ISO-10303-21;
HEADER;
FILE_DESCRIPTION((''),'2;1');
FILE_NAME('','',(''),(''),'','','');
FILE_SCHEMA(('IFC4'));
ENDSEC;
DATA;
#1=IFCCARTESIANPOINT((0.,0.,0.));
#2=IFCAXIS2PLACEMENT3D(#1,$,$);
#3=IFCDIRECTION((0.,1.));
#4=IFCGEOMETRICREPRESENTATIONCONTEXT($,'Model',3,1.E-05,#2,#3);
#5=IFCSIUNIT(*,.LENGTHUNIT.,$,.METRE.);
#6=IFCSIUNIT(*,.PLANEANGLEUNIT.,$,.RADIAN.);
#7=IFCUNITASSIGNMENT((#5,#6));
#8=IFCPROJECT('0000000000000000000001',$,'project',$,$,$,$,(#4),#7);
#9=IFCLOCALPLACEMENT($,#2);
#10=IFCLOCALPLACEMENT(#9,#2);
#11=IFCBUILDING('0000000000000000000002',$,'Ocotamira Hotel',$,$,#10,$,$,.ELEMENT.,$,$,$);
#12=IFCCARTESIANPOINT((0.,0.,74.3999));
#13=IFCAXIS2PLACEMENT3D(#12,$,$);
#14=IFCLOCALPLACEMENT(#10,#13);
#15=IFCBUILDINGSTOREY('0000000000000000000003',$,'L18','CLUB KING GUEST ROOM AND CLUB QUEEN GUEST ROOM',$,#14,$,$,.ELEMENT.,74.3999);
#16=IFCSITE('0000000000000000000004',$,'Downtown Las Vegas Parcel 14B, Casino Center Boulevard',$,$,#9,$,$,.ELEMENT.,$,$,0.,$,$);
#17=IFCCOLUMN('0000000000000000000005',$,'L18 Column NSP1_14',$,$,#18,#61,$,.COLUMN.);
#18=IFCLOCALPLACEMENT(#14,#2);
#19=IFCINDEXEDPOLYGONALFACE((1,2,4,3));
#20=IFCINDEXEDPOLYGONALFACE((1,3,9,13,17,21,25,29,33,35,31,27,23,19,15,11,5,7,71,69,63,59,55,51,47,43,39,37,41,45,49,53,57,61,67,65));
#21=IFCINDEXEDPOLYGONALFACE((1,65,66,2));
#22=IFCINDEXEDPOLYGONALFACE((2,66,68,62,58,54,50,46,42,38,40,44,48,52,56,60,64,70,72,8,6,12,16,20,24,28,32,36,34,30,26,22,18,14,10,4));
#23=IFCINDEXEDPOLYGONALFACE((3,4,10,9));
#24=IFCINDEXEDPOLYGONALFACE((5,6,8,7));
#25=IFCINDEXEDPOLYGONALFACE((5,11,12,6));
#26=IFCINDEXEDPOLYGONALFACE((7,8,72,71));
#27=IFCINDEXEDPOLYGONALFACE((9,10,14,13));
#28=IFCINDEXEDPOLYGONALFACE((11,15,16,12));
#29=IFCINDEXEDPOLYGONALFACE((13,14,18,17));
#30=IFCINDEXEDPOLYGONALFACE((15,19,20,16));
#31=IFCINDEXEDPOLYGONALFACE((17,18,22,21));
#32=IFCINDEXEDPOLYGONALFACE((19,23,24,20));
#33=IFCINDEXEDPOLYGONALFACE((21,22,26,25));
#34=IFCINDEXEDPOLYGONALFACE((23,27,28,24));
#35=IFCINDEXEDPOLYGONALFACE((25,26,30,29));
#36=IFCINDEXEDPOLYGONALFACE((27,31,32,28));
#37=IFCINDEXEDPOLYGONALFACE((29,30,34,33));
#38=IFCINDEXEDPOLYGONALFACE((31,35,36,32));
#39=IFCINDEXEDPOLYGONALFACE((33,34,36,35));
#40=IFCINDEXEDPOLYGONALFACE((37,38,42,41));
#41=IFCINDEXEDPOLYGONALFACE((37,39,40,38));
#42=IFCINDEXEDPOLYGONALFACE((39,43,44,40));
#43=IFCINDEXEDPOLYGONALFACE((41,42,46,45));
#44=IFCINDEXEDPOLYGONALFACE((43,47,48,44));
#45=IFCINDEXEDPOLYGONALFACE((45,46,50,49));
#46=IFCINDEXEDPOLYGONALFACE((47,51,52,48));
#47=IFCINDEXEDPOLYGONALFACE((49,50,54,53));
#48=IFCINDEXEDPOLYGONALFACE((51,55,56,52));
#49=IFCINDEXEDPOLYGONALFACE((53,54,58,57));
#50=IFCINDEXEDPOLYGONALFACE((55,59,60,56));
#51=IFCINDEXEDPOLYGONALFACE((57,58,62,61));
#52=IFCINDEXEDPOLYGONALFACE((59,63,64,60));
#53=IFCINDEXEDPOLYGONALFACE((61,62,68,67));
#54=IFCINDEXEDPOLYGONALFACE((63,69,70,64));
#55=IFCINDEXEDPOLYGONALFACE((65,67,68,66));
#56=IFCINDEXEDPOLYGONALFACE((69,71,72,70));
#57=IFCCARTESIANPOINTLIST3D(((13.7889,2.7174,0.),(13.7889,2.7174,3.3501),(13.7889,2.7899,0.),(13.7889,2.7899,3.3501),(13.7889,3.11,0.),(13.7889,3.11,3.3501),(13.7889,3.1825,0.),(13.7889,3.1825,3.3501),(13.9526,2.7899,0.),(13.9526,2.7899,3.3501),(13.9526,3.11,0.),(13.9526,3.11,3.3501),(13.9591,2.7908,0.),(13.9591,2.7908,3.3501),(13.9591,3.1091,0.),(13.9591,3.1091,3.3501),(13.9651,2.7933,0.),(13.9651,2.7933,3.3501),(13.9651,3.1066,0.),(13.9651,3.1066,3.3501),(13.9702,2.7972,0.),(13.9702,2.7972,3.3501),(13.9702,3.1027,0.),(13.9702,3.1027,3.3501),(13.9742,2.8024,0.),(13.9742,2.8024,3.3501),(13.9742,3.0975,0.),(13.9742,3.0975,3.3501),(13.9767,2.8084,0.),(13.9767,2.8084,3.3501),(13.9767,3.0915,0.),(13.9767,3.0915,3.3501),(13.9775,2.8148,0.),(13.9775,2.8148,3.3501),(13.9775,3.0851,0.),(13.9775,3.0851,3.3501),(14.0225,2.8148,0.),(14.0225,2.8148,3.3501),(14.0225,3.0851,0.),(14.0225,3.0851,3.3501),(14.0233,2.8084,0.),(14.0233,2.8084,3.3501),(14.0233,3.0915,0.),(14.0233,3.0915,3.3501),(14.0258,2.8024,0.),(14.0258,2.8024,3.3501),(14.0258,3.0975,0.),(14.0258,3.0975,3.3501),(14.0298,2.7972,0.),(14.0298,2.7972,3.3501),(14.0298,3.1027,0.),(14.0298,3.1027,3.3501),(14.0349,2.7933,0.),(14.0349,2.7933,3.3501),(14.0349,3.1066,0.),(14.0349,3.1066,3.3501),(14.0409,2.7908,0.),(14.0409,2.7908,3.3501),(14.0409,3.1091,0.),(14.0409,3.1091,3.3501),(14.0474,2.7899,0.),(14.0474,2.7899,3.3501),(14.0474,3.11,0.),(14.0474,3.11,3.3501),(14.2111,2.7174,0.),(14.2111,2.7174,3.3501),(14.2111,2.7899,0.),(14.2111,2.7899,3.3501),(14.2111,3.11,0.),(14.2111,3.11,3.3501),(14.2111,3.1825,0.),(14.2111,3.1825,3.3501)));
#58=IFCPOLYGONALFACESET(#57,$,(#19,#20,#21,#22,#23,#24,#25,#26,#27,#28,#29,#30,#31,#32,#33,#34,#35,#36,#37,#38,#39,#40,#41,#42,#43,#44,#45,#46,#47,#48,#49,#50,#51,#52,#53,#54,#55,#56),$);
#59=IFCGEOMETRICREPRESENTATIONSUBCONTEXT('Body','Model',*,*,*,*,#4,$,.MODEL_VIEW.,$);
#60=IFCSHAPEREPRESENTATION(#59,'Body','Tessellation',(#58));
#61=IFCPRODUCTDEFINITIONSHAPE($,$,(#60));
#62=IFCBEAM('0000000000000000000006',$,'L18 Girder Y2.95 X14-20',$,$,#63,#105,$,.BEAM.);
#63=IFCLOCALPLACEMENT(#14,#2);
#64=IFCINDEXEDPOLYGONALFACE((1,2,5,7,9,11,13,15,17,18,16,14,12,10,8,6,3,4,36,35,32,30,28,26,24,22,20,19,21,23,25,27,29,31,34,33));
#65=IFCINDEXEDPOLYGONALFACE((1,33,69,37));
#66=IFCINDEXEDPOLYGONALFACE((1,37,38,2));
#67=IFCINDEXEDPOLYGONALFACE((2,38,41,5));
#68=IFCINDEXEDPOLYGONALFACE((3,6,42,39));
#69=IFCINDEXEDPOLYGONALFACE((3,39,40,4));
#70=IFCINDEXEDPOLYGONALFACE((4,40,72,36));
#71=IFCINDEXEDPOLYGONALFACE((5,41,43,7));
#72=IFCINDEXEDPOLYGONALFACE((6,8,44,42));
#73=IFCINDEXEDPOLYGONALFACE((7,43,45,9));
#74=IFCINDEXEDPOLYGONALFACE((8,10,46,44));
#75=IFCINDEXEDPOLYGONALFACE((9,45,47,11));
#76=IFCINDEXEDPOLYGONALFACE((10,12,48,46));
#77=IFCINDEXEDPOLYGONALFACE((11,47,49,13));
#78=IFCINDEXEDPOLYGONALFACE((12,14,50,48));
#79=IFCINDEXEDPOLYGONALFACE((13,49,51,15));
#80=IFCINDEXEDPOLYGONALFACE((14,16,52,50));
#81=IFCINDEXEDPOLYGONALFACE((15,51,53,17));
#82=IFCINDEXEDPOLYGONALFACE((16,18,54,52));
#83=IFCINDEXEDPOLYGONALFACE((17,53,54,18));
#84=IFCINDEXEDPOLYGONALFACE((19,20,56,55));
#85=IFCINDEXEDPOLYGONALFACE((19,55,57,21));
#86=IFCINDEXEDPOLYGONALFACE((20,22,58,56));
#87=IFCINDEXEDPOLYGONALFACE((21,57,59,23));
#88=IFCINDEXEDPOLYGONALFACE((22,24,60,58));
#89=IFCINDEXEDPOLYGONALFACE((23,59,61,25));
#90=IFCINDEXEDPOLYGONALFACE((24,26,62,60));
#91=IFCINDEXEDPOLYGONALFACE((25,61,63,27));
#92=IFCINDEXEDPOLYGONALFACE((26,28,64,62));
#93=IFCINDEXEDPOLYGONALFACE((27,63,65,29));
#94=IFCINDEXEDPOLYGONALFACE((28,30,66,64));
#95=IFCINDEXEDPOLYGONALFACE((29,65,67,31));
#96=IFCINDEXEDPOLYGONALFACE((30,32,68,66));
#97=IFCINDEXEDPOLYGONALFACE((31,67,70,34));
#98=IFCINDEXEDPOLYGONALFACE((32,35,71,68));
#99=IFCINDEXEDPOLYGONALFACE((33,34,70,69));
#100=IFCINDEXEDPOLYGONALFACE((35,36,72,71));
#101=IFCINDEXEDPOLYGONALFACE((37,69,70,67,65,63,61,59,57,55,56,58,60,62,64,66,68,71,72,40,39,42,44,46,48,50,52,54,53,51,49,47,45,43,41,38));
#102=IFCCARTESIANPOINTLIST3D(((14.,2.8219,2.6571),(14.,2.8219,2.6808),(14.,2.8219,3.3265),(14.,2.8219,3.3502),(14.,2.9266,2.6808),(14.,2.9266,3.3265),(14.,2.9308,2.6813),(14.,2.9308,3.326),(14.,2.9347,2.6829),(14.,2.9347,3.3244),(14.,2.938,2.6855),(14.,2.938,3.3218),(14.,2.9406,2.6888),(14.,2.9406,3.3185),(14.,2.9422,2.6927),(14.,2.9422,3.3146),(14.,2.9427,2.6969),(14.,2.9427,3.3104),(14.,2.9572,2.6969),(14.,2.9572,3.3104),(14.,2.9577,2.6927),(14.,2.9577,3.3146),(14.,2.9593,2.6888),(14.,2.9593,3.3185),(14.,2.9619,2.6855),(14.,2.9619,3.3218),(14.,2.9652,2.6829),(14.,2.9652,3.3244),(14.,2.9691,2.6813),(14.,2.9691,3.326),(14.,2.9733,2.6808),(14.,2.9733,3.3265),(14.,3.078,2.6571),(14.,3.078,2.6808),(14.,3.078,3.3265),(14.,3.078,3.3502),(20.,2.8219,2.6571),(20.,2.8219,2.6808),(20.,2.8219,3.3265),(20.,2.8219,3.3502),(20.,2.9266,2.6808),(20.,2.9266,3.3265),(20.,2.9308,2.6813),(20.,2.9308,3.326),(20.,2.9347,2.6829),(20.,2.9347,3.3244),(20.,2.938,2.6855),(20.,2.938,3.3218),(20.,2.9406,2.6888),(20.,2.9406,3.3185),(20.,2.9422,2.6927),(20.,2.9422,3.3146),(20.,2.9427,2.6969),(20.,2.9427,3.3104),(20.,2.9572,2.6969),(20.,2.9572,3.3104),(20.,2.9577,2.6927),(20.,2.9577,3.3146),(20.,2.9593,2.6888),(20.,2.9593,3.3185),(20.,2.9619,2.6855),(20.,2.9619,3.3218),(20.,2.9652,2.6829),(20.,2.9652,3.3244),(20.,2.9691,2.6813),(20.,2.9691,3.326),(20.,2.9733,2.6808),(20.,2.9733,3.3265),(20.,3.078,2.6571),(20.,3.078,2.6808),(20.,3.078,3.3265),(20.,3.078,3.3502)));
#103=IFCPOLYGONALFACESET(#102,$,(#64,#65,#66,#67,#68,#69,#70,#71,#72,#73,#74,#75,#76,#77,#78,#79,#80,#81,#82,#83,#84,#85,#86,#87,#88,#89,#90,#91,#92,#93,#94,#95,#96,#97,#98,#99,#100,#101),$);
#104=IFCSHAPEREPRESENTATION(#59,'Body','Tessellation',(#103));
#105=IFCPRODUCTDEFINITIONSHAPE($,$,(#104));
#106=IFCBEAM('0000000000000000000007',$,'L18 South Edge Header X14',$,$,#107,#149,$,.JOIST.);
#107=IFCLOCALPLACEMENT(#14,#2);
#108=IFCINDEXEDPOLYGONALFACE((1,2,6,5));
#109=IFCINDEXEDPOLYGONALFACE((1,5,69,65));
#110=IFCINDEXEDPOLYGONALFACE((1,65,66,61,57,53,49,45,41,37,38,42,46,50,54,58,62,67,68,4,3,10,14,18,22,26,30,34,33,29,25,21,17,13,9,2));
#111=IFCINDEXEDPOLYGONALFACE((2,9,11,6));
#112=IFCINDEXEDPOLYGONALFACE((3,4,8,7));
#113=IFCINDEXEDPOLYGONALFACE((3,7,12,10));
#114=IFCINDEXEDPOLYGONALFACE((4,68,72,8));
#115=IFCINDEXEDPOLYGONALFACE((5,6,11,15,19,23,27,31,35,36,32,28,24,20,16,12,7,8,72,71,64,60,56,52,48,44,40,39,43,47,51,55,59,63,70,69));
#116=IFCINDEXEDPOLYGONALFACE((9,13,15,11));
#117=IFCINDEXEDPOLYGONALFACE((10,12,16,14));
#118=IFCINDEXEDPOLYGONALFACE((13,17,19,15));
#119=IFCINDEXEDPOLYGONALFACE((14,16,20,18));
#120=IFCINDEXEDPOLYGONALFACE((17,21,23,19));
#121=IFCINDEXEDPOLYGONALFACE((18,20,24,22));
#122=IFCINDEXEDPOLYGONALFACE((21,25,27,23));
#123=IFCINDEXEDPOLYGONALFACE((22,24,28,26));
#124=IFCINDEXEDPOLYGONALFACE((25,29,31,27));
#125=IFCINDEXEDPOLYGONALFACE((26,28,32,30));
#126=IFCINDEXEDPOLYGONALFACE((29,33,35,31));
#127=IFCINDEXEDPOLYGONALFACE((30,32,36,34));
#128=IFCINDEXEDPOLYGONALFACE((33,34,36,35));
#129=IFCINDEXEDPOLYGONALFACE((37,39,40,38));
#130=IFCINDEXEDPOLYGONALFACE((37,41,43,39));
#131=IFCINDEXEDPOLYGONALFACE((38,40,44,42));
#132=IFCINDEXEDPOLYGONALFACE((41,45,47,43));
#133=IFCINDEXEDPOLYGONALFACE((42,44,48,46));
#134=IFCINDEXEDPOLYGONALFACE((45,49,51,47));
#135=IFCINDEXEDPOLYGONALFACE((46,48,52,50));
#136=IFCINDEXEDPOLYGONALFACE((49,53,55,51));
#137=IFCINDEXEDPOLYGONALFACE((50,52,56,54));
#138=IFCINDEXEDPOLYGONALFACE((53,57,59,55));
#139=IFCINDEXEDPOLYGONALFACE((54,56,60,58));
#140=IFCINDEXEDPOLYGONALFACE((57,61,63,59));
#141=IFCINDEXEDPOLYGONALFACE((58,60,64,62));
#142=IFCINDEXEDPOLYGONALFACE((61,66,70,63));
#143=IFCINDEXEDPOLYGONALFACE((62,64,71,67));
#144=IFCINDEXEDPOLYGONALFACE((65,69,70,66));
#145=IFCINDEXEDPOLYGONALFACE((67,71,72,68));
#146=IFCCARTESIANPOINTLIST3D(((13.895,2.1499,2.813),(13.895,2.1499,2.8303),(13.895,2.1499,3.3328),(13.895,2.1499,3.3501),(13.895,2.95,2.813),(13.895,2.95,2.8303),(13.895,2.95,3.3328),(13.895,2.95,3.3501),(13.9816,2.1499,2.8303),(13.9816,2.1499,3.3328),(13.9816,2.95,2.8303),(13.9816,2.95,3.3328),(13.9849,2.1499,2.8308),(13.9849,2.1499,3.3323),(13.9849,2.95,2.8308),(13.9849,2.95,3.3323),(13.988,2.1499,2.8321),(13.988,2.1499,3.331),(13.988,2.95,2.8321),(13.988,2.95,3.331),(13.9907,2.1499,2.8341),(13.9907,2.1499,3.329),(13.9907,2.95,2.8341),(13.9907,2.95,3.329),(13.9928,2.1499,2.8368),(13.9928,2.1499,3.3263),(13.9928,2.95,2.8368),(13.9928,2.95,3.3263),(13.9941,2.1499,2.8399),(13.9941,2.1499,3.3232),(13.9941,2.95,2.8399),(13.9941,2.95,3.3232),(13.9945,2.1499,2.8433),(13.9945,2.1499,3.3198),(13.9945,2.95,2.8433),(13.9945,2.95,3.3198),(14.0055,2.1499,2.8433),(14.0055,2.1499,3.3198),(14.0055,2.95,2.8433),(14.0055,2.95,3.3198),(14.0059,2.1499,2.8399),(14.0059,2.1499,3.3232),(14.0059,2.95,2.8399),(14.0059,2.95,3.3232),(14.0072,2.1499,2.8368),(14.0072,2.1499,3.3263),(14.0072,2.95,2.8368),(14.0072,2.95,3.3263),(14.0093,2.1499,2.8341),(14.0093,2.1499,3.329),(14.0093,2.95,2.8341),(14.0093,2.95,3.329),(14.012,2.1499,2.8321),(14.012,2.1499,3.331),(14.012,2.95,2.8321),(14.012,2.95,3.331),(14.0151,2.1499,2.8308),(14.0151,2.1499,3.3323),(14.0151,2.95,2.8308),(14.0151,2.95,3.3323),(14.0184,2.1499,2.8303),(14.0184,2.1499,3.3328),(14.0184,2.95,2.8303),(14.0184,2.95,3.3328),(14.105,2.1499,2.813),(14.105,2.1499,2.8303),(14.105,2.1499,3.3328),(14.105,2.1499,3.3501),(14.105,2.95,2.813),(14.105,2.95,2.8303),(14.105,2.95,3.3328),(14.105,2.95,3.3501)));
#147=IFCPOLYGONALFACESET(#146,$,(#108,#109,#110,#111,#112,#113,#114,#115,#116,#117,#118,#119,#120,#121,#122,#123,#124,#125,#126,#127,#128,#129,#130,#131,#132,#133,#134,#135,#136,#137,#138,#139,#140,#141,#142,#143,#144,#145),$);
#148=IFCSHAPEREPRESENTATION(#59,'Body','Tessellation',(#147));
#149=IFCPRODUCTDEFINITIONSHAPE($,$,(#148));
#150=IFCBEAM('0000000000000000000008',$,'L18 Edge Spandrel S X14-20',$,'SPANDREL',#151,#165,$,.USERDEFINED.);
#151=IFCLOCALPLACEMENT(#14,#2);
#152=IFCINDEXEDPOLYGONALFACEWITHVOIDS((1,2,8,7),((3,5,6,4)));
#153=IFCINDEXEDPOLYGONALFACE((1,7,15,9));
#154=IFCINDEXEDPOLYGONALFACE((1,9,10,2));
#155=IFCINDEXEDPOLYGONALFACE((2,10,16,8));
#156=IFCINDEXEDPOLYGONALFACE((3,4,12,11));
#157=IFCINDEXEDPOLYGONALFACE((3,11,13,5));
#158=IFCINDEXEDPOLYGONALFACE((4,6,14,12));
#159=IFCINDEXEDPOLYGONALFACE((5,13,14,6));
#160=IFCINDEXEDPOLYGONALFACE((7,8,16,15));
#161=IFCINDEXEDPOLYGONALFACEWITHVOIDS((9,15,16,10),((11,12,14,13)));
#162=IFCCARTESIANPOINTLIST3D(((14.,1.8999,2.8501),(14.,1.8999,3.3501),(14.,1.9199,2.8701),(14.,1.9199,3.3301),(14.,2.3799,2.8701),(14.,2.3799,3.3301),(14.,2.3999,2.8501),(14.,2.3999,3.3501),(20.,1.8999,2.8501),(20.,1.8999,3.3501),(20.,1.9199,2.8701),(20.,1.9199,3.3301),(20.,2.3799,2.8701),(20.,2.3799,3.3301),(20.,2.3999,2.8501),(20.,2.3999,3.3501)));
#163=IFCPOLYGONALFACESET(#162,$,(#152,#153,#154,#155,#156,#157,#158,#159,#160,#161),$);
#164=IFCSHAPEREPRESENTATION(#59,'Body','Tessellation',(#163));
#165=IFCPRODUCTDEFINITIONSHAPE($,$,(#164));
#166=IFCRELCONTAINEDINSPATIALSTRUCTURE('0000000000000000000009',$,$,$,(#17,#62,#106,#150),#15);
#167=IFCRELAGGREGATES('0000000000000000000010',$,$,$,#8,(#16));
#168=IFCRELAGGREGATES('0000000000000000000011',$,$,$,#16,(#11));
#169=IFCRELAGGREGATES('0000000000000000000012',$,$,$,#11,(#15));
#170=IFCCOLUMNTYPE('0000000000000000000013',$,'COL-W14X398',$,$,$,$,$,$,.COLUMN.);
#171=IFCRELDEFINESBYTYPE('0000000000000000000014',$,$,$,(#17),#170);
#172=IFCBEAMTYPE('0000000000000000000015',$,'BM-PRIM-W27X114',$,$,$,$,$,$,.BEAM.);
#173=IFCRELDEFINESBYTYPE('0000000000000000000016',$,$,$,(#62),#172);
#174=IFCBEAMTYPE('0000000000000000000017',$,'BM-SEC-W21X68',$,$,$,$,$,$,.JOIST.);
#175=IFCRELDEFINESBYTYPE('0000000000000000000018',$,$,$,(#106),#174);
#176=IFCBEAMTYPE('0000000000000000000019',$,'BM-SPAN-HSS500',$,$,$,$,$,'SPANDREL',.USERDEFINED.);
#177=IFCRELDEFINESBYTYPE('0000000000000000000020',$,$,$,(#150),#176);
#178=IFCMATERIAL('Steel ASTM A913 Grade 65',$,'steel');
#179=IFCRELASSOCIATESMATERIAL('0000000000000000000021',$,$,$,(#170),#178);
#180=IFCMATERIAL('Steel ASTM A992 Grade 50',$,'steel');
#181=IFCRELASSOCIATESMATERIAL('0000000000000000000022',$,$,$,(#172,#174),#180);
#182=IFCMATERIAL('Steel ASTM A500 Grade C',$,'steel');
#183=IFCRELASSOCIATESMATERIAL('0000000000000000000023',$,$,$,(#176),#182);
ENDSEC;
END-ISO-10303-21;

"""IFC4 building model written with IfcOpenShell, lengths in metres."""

from ifc_helpers import new_model, si_unit, direction, frame, origin, origin_2d, place, context, subcontext, project, spatial, hollow_rectangle, i_section, extrude, source, transform, mapped, material, material_profile, profile_set, type_object, element, save


model = new_model("IFC4")

# Units and contexts
model_context = context("Model", 3, precision=1e-05, world=origin(), true_north=direction((0.0, 1.0)))
body_context = subcontext(model_context, "Body", "Model", "MODEL_VIEW")
ifc_project = project(units=[si_unit("LENGTHUNIT", "METRE"), si_unit("PLANEANGLEUNIT", "RADIAN")], contexts=[model_context])

# Site, building, storey
site_placement = place(None, origin())
site = spatial("IfcSite", under=ifc_project, at=site_placement, Name="Downtown Las Vegas Parcel 14B, Casino Center Boulevard", CompositionType="ELEMENT", RefElevation=0.0)
building_placement = place(site_placement, origin())
building = spatial("IfcBuilding", under=site, at=building_placement, Name="Ocotamira Hotel", CompositionType="ELEMENT")
storey_placement = place(building_placement, frame((0.0, 0.0, 74.3999)))
storey = spatial("IfcBuildingStorey", under=building, at=storey_placement, Name="L18", Description="CLUB KING GUEST ROOM AND CLUB QUEEN GUEST ROOM", CompositionType="ELEMENT", Elevation=74.3999)

# Column
ifc_material_1 = material(Name="Steel ASTM A913 Grade 65", Category="steel")
ifc_material_profile_1 = material_profile(ifc_material_1, i_section(OverallWidth=0.4221, OverallDepth=0.4651, WebThickness=0.0449, FlangeThickness=0.0725, FilletRadius=0.0249, at=origin_2d()), Name="W14X398")
ifc_profile_set_1 = profile_set([ifc_material_profile_1], Name="Steel ASTM A913 Grade 65")
column_type = type_object("IfcColumnType", Name="COL-W14X398", PredefinedType="COLUMN", material=ifc_profile_set_1)
shared_shape_1 = source(origin(), body_context, "Body", "SweptSolid", [
    extrude(i_section(OverallWidth=0.4221, OverallDepth=0.4651, WebThickness=0.0449, FlangeThickness=0.0725, FilletRadius=0.0249, at=origin_2d()), origin(), (0.0, 0.0, 1.0), 3.3501),
])
column_placement = place(storey_placement, frame((14.0, 2.95, 0.0), z_axis=(0.0, 0.0, 1.0), x_axis=(1.0, 0.0, 0.0)))
element("IfcColumn", 1, at=column_placement, inside=storey, type_object=column_type, Name="L18 Column NSP1_14", PredefinedType="COLUMN", context=body_context, shape_type="MappedRepresentation", body=[
    mapped(shared_shape_1, transform((0.0, 0.0, 0.0), scale=1.0)),
])

# Beams
ifc_material_2 = material(Name="Steel ASTM A992 Grade 50", Category="steel")
ifc_material_profile_2 = material_profile(ifc_material_2, i_section(OverallWidth=0.2561, OverallDepth=0.6931, WebThickness=0.0144, FlangeThickness=0.0237, FilletRadius=0.0161, at=origin_2d()), Name="W27X114")
ifc_profile_set_2 = profile_set([ifc_material_profile_2], Name="Steel ASTM A992 Grade 50")
beam_type_1 = type_object("IfcBeamType", Name="BM-PRIM-W27X114", PredefinedType="BEAM", material=ifc_profile_set_2)
shared_shape_2 = source(origin(), body_context, "Body", "SweptSolid", [
    extrude(i_section(OverallWidth=0.2561, OverallDepth=0.6931, WebThickness=0.0144, FlangeThickness=0.0237, FilletRadius=0.0161, at=origin_2d()), origin(), (0.0, 0.0, 1.0), 6.0),
])
beam_1_placement = place(storey_placement, frame((14.0, 2.95, 3.0037), z_axis=(1.0, 0.0, 0.0), x_axis=(0.0, 1.0, 0.0)))
element("IfcBeam", 2, at=beam_1_placement, inside=storey, type_object=beam_type_1, Name="L18 Girder Y2.95 X14-20", PredefinedType="BEAM", context=body_context, shape_type="MappedRepresentation", body=[
    mapped(shared_shape_2, transform((0.0, 0.0, 0.0), scale=1.0)),
])
ifc_material_profile_3 = material_profile(ifc_material_2, i_section(OverallWidth=0.21, OverallDepth=0.5371, WebThickness=0.011, FlangeThickness=0.0173, FilletRadius=0.0129, at=origin_2d()), Name="W21X68")
ifc_profile_set_3 = profile_set([ifc_material_profile_3], Name="Steel ASTM A992 Grade 50")
beam_type_2 = type_object("IfcBeamType", Name="BM-SEC-W21X68", PredefinedType="JOIST", material=ifc_profile_set_3)
shared_shape_3 = source(origin(), body_context, "Body", "SweptSolid", [
    extrude(i_section(OverallWidth=0.21, OverallDepth=0.5371, WebThickness=0.011, FlangeThickness=0.0173, FilletRadius=0.0129, at=origin_2d()), origin(), (0.0, 0.0, 1.0), 0.8),
])
beam_2_placement = place(storey_placement, frame((14.0, 2.95, 3.0815), z_axis=(0.0, -1.0, 0.0), x_axis=(1.0, 0.0, 0.0)))
element("IfcBeam", 3, at=beam_2_placement, inside=storey, type_object=beam_type_2, Name="L18 South Edge Header X14", PredefinedType="JOIST", context=body_context, shape_type="MappedRepresentation", body=[
    mapped(shared_shape_3, transform((0.0, 0.0, 0.0), scale=1.0)),
])
ifc_material_3 = material(Name="Steel ASTM A500 Grade C", Category="steel")
ifc_material_profile_4 = material_profile(ifc_material_3, hollow_rectangle(XDim=0.5, YDim=0.5, WallThickness=0.02, at=origin_2d()), Name="HSS500X500X20")
ifc_profile_set_4 = profile_set([ifc_material_profile_4], Name="Steel ASTM A500 Grade C")
beam_type_3 = type_object("IfcBeamType", Name="BM-SPAN-HSS500", ElementType="SPANDREL", PredefinedType="USERDEFINED", material=ifc_profile_set_4)
shared_shape_4 = source(origin(), body_context, "Body", "SweptSolid", [
    extrude(hollow_rectangle(XDim=0.5, YDim=0.5, WallThickness=0.02, at=origin_2d()), origin(), (0.0, 0.0, 1.0), 6.0),
])
beam_3_placement = place(storey_placement, frame((14.0, 2.1499, 3.1001), z_axis=(1.0, 0.0, 0.0), x_axis=(0.0, 1.0, 0.0)))
element("IfcBeam", 4, at=beam_3_placement, inside=storey, type_object=beam_type_3, Name="L18 Edge Spandrel S X14-20", ObjectType="SPANDREL", PredefinedType="USERDEFINED", context=body_context, shape_type="MappedRepresentation", body=[
    mapped(shared_shape_4, transform((0.0, 0.0, 0.0), scale=1.0)),
])

save(model, "model.ifc")
